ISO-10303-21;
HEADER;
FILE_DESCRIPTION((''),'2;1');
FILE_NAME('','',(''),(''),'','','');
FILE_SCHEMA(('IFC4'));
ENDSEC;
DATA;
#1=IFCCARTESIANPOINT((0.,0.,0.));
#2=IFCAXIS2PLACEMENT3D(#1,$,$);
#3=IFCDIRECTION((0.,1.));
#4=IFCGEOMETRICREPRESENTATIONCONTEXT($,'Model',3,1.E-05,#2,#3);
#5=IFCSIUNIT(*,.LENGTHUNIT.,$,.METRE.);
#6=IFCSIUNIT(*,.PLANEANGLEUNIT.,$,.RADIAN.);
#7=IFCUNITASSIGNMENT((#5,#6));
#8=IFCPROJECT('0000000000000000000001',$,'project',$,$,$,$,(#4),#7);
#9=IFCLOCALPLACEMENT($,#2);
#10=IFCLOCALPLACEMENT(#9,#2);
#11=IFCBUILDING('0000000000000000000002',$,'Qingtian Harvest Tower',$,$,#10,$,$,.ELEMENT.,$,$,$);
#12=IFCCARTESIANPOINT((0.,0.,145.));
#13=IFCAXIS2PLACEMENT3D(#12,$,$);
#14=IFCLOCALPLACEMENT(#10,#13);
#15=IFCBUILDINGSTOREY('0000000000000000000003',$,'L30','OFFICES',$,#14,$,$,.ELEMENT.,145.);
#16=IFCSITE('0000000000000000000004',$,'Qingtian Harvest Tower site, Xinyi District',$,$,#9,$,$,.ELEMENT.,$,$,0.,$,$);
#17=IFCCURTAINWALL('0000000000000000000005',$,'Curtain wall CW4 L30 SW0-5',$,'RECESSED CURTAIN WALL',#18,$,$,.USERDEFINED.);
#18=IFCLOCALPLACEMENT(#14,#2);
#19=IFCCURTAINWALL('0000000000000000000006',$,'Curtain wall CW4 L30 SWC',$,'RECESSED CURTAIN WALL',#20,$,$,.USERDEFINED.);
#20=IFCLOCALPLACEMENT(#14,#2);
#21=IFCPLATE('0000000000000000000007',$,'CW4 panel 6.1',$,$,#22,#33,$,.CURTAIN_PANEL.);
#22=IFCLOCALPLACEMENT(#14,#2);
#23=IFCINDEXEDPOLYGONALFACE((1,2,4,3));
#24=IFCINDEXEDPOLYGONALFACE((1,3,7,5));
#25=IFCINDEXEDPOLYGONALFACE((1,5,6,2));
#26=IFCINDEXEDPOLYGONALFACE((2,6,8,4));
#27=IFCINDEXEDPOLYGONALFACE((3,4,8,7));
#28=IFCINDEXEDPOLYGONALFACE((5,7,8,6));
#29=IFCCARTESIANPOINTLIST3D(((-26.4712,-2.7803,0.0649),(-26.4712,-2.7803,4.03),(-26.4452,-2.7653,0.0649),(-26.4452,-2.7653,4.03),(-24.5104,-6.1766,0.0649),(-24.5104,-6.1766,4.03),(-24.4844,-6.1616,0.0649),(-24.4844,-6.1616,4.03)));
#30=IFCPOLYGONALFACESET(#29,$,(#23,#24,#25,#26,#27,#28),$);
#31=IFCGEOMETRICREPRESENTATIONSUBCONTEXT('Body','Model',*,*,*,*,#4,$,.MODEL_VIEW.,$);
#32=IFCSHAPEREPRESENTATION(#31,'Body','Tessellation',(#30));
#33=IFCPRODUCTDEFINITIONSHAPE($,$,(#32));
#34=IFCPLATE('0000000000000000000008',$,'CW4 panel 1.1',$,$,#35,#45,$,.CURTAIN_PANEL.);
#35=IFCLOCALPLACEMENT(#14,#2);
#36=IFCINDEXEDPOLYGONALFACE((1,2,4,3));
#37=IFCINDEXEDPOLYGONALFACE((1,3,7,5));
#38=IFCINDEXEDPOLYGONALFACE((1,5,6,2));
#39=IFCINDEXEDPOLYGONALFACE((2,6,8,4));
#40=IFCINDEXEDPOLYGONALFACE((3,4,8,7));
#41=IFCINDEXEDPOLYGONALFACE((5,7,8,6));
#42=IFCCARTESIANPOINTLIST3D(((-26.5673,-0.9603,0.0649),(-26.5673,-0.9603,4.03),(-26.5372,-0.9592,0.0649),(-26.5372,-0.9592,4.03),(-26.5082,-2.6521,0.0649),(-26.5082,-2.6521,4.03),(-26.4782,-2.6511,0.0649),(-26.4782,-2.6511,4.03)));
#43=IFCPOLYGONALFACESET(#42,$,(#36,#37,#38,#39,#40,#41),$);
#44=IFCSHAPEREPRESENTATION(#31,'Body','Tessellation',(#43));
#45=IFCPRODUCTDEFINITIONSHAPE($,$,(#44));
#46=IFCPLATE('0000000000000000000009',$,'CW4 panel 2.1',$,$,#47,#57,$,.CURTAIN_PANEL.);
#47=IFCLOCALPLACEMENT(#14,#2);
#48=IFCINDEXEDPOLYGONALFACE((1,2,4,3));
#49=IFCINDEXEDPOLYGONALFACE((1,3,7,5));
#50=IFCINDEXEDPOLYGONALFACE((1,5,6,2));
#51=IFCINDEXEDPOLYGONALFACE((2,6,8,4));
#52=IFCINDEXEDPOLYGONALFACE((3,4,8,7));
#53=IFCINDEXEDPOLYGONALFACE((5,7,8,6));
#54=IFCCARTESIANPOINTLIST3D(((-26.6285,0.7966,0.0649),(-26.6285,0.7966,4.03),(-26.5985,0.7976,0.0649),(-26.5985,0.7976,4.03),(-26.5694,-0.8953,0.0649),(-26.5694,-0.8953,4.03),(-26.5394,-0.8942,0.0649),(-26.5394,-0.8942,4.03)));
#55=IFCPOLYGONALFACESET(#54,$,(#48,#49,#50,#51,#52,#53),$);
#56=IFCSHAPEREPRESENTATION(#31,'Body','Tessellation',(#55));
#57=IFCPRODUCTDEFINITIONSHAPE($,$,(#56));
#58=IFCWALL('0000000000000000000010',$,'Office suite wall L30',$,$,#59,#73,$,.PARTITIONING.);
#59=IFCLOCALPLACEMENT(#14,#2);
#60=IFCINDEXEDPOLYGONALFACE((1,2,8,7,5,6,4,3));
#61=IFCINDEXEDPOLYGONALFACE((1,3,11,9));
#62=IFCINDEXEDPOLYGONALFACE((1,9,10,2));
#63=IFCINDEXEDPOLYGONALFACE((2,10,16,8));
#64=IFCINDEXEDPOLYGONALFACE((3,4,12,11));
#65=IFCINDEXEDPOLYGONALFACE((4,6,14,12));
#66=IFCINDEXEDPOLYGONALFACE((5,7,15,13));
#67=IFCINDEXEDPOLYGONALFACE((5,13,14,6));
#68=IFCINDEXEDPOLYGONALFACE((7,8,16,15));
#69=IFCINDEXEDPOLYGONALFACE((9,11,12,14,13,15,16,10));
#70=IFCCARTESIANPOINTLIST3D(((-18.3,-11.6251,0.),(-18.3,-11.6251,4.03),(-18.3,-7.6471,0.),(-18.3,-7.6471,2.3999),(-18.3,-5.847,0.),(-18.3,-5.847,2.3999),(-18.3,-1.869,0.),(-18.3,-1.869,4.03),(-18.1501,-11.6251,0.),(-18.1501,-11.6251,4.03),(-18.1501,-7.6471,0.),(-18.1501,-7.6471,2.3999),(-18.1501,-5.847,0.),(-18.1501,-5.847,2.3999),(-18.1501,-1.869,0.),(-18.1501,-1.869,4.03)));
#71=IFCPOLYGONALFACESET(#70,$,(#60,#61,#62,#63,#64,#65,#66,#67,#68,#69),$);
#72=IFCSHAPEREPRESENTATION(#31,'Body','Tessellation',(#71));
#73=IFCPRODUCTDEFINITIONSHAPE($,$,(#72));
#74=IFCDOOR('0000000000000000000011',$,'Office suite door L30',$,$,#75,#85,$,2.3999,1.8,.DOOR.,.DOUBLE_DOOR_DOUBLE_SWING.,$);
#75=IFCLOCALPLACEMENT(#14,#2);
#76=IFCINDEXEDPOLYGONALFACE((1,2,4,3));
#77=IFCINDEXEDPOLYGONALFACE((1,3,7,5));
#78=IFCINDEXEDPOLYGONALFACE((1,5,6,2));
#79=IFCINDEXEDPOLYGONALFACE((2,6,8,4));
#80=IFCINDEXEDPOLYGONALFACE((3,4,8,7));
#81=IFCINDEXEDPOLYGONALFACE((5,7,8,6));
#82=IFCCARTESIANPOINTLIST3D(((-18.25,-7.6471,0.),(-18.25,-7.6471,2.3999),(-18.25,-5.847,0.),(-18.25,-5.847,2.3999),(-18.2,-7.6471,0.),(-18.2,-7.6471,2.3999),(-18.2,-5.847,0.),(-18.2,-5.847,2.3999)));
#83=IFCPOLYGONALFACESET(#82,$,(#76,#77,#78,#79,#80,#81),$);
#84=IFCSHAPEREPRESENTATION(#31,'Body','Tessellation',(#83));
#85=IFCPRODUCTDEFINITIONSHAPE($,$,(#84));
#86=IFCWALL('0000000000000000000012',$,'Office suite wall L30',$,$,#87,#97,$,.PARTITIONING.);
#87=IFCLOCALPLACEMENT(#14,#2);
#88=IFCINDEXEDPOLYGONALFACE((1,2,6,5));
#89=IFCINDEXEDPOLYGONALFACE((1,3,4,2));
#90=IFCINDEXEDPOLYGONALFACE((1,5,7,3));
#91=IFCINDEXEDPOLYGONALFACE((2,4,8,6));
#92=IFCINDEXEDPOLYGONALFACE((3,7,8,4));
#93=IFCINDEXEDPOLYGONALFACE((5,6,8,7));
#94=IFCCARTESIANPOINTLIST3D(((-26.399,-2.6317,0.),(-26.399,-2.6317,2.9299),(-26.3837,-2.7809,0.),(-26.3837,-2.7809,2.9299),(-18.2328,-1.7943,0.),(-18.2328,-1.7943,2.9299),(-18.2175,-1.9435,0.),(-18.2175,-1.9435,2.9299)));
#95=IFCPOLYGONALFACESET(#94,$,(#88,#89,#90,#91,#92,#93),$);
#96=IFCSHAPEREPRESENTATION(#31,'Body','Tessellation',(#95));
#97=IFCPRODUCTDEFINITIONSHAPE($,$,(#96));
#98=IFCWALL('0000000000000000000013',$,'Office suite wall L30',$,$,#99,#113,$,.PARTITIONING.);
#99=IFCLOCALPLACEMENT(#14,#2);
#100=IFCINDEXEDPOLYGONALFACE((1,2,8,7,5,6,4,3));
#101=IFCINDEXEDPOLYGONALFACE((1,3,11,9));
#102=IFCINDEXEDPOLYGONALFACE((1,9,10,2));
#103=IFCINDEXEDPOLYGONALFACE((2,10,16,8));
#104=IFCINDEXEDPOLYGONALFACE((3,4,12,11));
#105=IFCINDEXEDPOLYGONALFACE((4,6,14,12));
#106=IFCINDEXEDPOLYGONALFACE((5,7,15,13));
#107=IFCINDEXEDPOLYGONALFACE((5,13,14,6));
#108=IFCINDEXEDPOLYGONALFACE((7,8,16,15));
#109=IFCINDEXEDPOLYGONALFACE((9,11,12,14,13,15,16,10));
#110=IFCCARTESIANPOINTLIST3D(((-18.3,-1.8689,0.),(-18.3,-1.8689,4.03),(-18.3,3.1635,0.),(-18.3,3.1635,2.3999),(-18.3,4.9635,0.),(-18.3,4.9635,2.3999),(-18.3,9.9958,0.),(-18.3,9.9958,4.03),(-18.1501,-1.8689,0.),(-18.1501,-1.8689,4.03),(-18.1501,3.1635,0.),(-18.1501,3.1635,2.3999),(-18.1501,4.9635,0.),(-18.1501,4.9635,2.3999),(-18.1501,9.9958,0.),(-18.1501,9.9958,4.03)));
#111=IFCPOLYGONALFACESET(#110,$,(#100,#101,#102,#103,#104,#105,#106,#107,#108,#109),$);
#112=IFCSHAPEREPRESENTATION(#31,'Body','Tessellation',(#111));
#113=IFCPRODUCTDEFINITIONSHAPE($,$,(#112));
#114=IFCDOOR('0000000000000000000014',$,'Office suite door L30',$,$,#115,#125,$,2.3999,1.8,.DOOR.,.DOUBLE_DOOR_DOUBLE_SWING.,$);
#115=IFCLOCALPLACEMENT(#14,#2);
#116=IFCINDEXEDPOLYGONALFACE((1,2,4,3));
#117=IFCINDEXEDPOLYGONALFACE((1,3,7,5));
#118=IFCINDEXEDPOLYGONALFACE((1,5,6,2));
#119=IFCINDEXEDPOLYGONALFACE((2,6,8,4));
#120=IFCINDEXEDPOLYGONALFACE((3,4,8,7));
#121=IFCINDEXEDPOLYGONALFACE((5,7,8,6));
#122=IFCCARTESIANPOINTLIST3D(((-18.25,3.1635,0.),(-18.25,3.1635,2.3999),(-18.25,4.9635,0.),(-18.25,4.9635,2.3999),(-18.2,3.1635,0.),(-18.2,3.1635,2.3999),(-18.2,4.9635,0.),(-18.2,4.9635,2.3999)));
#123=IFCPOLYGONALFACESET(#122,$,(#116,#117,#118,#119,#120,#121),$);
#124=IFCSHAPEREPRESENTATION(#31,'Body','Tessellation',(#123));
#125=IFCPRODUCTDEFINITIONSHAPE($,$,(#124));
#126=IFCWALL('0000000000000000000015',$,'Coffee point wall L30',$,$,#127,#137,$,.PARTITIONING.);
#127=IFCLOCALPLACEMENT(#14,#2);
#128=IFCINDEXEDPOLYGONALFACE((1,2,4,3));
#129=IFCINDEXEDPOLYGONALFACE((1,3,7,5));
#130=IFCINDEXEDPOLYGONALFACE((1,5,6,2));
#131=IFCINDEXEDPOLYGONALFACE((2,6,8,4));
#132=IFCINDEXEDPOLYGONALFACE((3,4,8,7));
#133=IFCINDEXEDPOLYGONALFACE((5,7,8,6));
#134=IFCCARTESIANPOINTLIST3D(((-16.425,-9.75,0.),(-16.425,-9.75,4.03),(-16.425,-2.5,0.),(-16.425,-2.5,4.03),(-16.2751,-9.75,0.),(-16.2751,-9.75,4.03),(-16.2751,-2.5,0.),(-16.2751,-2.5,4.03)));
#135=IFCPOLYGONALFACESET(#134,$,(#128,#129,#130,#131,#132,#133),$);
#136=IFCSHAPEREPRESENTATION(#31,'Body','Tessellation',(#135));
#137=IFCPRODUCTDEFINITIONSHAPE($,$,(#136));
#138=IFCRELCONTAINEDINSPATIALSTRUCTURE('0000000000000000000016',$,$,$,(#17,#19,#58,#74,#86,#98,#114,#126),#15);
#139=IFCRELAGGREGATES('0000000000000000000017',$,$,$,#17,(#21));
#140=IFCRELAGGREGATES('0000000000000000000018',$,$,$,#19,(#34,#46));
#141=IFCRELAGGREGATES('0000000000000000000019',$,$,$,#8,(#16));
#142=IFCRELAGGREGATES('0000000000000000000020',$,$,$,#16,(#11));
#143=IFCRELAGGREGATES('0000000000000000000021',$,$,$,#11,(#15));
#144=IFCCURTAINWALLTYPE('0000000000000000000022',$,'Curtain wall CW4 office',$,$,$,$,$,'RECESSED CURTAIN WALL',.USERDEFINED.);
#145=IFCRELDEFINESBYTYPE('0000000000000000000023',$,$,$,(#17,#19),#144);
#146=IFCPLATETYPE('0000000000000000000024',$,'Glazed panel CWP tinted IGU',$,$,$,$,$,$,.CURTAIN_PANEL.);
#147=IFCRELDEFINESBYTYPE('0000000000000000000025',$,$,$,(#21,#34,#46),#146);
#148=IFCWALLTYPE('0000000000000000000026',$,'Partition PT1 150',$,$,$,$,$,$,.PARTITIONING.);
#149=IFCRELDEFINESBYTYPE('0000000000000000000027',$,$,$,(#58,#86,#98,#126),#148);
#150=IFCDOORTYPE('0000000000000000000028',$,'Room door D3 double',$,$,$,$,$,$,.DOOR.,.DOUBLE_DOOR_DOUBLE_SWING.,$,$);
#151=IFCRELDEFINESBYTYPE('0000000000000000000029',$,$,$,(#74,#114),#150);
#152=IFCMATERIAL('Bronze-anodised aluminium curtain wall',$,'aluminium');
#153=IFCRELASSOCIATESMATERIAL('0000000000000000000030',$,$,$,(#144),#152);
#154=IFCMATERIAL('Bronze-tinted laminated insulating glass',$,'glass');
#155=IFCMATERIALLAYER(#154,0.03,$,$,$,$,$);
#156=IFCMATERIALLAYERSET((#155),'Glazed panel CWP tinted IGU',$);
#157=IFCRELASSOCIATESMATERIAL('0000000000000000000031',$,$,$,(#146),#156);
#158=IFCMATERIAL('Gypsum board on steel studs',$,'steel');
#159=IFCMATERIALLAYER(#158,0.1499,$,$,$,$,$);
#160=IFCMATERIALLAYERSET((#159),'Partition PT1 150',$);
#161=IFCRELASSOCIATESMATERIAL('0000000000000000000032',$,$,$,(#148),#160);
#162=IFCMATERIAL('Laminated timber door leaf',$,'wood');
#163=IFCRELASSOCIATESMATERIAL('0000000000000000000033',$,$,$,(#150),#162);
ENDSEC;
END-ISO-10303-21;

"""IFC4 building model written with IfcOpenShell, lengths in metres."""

from ifc_helpers import new_model, si_unit, direction, frame, frame_2d, origin, origin_2d, place, context, subcontext, project, spatial, rectangle, extrude, material, layer, layer_set, type_object, element, fill, aggregate, save


model = new_model("IFC4")

# Units and contexts
model_context = context("Model", 3, precision=1e-05, world=origin(), true_north=direction((0.0, 1.0)))
body_context = subcontext(model_context, "Body", "Model", "MODEL_VIEW")
ifc_project = project(units=[si_unit("LENGTHUNIT", "METRE"), si_unit("PLANEANGLEUNIT", "RADIAN")], contexts=[model_context])

# Site, building, storey
site_placement = place(None, origin())
site = spatial("IfcSite", under=ifc_project, at=site_placement, Name="Qingtian Harvest Tower site, Xinyi District", CompositionType="ELEMENT", RefElevation=0.0)
building_placement = place(site_placement, origin())
building = spatial("IfcBuilding", under=site, at=building_placement, Name="Qingtian Harvest Tower", CompositionType="ELEMENT")
storey_placement = place(building_placement, frame((0.0, 0.0, 145.0)))
storey = spatial("IfcBuildingStorey", under=building, at=storey_placement, Name="L30", Description="OFFICES", CompositionType="ELEMENT", Elevation=145.0)

# Curtain walls
ifc_material_1 = material(Name="Bronze-anodised aluminium curtain wall", Category="aluminium")
curtain_wall_type = type_object("IfcCurtainWallType", Name="Curtain wall CW4 office", ElementType="RECESSED CURTAIN WALL", PredefinedType="USERDEFINED", material=ifc_material_1)
curtain_wall_1_placement = place(storey_placement, origin())
curtain_wall_1 = element("IfcCurtainWall", 1, at=curtain_wall_1_placement, inside=storey, type_object=curtain_wall_type, Name="Curtain wall CW4 L30 SW0-5", ObjectType="RECESSED CURTAIN WALL", PredefinedType="USERDEFINED")
curtain_wall_2_placement = place(storey_placement, origin())
curtain_wall_2 = element("IfcCurtainWall", 2, at=curtain_wall_2_placement, inside=storey, type_object=curtain_wall_type, Name="Curtain wall CW4 L30 SWC", ObjectType="RECESSED CURTAIN WALL", PredefinedType="USERDEFINED")

# Plates
ifc_material_2 = material(Name="Bronze-tinted laminated insulating glass", Category="glass")
ifc_layer_1 = layer(ifc_material_2, 0.03)
ifc_layer_set_1 = layer_set([ifc_layer_1], Name="Glazed panel CWP tinted IGU")
plate_type = type_object("IfcPlateType", Name="Glazed panel CWP tinted IGU", PredefinedType="CURTAIN_PANEL", material=ifc_layer_set_1)
plate_1_placement = place(storey_placement, frame((-25.4778, -4.4709, 0.0649), z_axis=(0.0, 0.0, 1.0), x_axis=(-0.5, 0.866025, 0.0)))
plate_1 = element("IfcPlate", 3, at=plate_1_placement, type_object=plate_type, Name="CW4 panel 6.1", PredefinedType="CURTAIN_PANEL", context=body_context, shape_type="SweptSolid", body=[
    extrude(rectangle(XDim=3.9216, YDim=0.03, at=origin_2d()), origin(), (0.0, 0.0, 1.0), 3.9651),
])
aggregate(curtain_wall_1, [plate_1])
plate_2_placement = place(storey_placement, frame((-26.5227, -1.8057, 0.0649), z_axis=(0.0, 0.0, 1.0), x_axis=(-0.034899, 0.999391, 0.0)))
plate_2 = element("IfcPlate", 4, at=plate_2_placement, type_object=plate_type, Name="CW4 panel 1.1", PredefinedType="CURTAIN_PANEL", context=body_context, shape_type="SweptSolid", body=[
    extrude(rectangle(XDim=1.6929, YDim=0.03, at=origin_2d()), origin(), (0.0, 0.0, 1.0), 3.9651),
])
plate_3_placement = place(storey_placement, frame((-26.584, -0.0488, 0.0649), z_axis=(0.0, 0.0, 1.0), x_axis=(-0.034899, 0.999391, 0.0)))
plate_3 = element("IfcPlate", 5, at=plate_3_placement, type_object=plate_type, Name="CW4 panel 2.1", PredefinedType="CURTAIN_PANEL", context=body_context, shape_type="SweptSolid", body=[
    extrude(rectangle(XDim=1.6929, YDim=0.03, at=origin_2d()), origin(), (0.0, 0.0, 1.0), 3.9651),
])
aggregate(curtain_wall_2, [plate_2, plate_3])

# Wall, opening, door
ifc_material_3 = material(Name="Gypsum board on steel studs", Category="steel")
ifc_layer_2 = layer(ifc_material_3, 0.1499)
ifc_layer_set_2 = layer_set([ifc_layer_2], Name="Partition PT1 150")
wall_type = type_object("IfcWallType", Name="Partition PT1 150", PredefinedType="PARTITIONING", material=ifc_layer_set_2)
wall_1_placement = place(storey_placement, frame((-18.2251, -11.625, 0.0), z_axis=(0.0, 0.0, 1.0), x_axis=(0.0, 1.0, 0.0)))
wall_1 = element("IfcWall", 6, at=wall_1_placement, inside=storey, type_object=wall_type, Name="Office suite wall L30", PredefinedType="PARTITIONING", context=body_context, shape_type="SweptSolid", body=[
    extrude(rectangle(XDim=9.7561, YDim=0.1499, at=frame_2d((4.8779, 0.0))), origin(), (0.0, 0.0, 1.0), 4.03),
])
opening_1_placement = place(wall_1_placement, frame((3.978, 0.0, 0.0)))
opening_1 = element("IfcOpeningElement", 7, at=opening_1_placement, cuts=wall_1, PredefinedType="OPENING", context=body_context, shape_type="SweptSolid", body=[
    extrude(rectangle(XDim=1.8, YDim=2.3999, at=frame_2d((0.8999, 1.2))), frame((0.0, 0.085, 0.0), z_axis=(0.0, -1.0, 0.0), x_axis=(1.0, 0.0, 0.0)), (0.0, 0.0, 1.0), 0.1699),
])
ifc_material_4 = material(Name="Laminated timber door leaf", Category="wood")
door_type = type_object("IfcDoorType", Name="Room door D3 double", OperationType="DOUBLE_DOOR_DOUBLE_SWING", PredefinedType="DOOR", material=ifc_material_4)
door_1_placement = place(opening_1_placement, origin())
door_1 = element("IfcDoor", 8, at=door_1_placement, inside=storey, type_object=door_type, Name="Office suite door L30", OperationType="DOUBLE_DOOR_DOUBLE_SWING", OverallHeight=2.3999, OverallWidth=1.8, PredefinedType="DOOR", context=body_context, shape_type="SweptSolid", body=[
    extrude(rectangle(XDim=1.8, YDim=2.3999, at=frame_2d((0.8999, 1.2))), frame((0.0, 0.0249, 0.0), z_axis=(0.0, -1.0, 0.0), x_axis=(1.0, 0.0, 0.0)), (0.0, 0.0, 1.0), 0.05),
])
fill(opening_1, door_1)

# Wall
wall_2_placement = place(storey_placement, frame((-26.3914, -2.7063, 0.0), z_axis=(0.0, 0.0, 1.0), x_axis=(0.994783, 0.102009, 0.0)))
element("IfcWall", 9, at=wall_2_placement, inside=storey, type_object=wall_type, Name="Office suite wall L30", PredefinedType="PARTITIONING", context=body_context, shape_type="SweptSolid", body=[
    extrude(rectangle(XDim=8.209, YDim=0.1499, at=frame_2d((4.1045, 0.0))), origin(), (0.0, 0.0, 1.0), 2.9299),
])

# Wall, opening, door
wall_3_placement = place(storey_placement, frame((-18.2251, -1.8689, 0.0), z_axis=(0.0, 0.0, 1.0), x_axis=(0.0, 1.0, 0.0)))
wall_3 = element("IfcWall", 10, at=wall_3_placement, inside=storey, type_object=wall_type, Name="Office suite wall L30", PredefinedType="PARTITIONING", context=body_context, shape_type="SweptSolid", body=[
    extrude(rectangle(XDim=11.8647, YDim=0.1499, at=frame_2d((5.9324, 0.0))), origin(), (0.0, 0.0, 1.0), 4.03),
])
opening_2_placement = place(wall_3_placement, frame((5.0325, 0.0, 0.0)))
opening_2 = element("IfcOpeningElement", 11, at=opening_2_placement, cuts=wall_3, PredefinedType="OPENING", context=body_context, shape_type="SweptSolid", body=[
    extrude(rectangle(XDim=1.8, YDim=2.3999, at=frame_2d((0.8999, 1.2))), frame((0.0, 0.085, 0.0), z_axis=(0.0, -1.0, 0.0), x_axis=(1.0, 0.0, 0.0)), (0.0, 0.0, 1.0), 0.1699),
])
door_2_placement = place(opening_2_placement, origin())
door_2 = element("IfcDoor", 12, at=door_2_placement, inside=storey, type_object=door_type, Name="Office suite door L30", OperationType="DOUBLE_DOOR_DOUBLE_SWING", OverallHeight=2.3999, OverallWidth=1.8, PredefinedType="DOOR", context=body_context, shape_type="SweptSolid", body=[
    extrude(rectangle(XDim=1.8, YDim=2.3999, at=frame_2d((0.8999, 1.2))), frame((0.0, 0.0249, 0.0), z_axis=(0.0, -1.0, 0.0), x_axis=(1.0, 0.0, 0.0)), (0.0, 0.0, 1.0), 0.05),
])
fill(opening_2, door_2)

# Wall
wall_4_placement = place(storey_placement, frame((-16.3501, -9.75, 0.0), z_axis=(0.0, 0.0, 1.0), x_axis=(0.0, 1.0, 0.0)))
element("IfcWall", 13, at=wall_4_placement, inside=storey, type_object=wall_type, Name="Coffee point wall L30", PredefinedType="PARTITIONING", context=body_context, shape_type="SweptSolid", body=[
    extrude(rectangle(XDim=7.25, YDim=0.1499, at=frame_2d((3.625, 0.0))), origin(), (0.0, 0.0, 1.0), 4.03),
])

save(model, "model.ifc")
